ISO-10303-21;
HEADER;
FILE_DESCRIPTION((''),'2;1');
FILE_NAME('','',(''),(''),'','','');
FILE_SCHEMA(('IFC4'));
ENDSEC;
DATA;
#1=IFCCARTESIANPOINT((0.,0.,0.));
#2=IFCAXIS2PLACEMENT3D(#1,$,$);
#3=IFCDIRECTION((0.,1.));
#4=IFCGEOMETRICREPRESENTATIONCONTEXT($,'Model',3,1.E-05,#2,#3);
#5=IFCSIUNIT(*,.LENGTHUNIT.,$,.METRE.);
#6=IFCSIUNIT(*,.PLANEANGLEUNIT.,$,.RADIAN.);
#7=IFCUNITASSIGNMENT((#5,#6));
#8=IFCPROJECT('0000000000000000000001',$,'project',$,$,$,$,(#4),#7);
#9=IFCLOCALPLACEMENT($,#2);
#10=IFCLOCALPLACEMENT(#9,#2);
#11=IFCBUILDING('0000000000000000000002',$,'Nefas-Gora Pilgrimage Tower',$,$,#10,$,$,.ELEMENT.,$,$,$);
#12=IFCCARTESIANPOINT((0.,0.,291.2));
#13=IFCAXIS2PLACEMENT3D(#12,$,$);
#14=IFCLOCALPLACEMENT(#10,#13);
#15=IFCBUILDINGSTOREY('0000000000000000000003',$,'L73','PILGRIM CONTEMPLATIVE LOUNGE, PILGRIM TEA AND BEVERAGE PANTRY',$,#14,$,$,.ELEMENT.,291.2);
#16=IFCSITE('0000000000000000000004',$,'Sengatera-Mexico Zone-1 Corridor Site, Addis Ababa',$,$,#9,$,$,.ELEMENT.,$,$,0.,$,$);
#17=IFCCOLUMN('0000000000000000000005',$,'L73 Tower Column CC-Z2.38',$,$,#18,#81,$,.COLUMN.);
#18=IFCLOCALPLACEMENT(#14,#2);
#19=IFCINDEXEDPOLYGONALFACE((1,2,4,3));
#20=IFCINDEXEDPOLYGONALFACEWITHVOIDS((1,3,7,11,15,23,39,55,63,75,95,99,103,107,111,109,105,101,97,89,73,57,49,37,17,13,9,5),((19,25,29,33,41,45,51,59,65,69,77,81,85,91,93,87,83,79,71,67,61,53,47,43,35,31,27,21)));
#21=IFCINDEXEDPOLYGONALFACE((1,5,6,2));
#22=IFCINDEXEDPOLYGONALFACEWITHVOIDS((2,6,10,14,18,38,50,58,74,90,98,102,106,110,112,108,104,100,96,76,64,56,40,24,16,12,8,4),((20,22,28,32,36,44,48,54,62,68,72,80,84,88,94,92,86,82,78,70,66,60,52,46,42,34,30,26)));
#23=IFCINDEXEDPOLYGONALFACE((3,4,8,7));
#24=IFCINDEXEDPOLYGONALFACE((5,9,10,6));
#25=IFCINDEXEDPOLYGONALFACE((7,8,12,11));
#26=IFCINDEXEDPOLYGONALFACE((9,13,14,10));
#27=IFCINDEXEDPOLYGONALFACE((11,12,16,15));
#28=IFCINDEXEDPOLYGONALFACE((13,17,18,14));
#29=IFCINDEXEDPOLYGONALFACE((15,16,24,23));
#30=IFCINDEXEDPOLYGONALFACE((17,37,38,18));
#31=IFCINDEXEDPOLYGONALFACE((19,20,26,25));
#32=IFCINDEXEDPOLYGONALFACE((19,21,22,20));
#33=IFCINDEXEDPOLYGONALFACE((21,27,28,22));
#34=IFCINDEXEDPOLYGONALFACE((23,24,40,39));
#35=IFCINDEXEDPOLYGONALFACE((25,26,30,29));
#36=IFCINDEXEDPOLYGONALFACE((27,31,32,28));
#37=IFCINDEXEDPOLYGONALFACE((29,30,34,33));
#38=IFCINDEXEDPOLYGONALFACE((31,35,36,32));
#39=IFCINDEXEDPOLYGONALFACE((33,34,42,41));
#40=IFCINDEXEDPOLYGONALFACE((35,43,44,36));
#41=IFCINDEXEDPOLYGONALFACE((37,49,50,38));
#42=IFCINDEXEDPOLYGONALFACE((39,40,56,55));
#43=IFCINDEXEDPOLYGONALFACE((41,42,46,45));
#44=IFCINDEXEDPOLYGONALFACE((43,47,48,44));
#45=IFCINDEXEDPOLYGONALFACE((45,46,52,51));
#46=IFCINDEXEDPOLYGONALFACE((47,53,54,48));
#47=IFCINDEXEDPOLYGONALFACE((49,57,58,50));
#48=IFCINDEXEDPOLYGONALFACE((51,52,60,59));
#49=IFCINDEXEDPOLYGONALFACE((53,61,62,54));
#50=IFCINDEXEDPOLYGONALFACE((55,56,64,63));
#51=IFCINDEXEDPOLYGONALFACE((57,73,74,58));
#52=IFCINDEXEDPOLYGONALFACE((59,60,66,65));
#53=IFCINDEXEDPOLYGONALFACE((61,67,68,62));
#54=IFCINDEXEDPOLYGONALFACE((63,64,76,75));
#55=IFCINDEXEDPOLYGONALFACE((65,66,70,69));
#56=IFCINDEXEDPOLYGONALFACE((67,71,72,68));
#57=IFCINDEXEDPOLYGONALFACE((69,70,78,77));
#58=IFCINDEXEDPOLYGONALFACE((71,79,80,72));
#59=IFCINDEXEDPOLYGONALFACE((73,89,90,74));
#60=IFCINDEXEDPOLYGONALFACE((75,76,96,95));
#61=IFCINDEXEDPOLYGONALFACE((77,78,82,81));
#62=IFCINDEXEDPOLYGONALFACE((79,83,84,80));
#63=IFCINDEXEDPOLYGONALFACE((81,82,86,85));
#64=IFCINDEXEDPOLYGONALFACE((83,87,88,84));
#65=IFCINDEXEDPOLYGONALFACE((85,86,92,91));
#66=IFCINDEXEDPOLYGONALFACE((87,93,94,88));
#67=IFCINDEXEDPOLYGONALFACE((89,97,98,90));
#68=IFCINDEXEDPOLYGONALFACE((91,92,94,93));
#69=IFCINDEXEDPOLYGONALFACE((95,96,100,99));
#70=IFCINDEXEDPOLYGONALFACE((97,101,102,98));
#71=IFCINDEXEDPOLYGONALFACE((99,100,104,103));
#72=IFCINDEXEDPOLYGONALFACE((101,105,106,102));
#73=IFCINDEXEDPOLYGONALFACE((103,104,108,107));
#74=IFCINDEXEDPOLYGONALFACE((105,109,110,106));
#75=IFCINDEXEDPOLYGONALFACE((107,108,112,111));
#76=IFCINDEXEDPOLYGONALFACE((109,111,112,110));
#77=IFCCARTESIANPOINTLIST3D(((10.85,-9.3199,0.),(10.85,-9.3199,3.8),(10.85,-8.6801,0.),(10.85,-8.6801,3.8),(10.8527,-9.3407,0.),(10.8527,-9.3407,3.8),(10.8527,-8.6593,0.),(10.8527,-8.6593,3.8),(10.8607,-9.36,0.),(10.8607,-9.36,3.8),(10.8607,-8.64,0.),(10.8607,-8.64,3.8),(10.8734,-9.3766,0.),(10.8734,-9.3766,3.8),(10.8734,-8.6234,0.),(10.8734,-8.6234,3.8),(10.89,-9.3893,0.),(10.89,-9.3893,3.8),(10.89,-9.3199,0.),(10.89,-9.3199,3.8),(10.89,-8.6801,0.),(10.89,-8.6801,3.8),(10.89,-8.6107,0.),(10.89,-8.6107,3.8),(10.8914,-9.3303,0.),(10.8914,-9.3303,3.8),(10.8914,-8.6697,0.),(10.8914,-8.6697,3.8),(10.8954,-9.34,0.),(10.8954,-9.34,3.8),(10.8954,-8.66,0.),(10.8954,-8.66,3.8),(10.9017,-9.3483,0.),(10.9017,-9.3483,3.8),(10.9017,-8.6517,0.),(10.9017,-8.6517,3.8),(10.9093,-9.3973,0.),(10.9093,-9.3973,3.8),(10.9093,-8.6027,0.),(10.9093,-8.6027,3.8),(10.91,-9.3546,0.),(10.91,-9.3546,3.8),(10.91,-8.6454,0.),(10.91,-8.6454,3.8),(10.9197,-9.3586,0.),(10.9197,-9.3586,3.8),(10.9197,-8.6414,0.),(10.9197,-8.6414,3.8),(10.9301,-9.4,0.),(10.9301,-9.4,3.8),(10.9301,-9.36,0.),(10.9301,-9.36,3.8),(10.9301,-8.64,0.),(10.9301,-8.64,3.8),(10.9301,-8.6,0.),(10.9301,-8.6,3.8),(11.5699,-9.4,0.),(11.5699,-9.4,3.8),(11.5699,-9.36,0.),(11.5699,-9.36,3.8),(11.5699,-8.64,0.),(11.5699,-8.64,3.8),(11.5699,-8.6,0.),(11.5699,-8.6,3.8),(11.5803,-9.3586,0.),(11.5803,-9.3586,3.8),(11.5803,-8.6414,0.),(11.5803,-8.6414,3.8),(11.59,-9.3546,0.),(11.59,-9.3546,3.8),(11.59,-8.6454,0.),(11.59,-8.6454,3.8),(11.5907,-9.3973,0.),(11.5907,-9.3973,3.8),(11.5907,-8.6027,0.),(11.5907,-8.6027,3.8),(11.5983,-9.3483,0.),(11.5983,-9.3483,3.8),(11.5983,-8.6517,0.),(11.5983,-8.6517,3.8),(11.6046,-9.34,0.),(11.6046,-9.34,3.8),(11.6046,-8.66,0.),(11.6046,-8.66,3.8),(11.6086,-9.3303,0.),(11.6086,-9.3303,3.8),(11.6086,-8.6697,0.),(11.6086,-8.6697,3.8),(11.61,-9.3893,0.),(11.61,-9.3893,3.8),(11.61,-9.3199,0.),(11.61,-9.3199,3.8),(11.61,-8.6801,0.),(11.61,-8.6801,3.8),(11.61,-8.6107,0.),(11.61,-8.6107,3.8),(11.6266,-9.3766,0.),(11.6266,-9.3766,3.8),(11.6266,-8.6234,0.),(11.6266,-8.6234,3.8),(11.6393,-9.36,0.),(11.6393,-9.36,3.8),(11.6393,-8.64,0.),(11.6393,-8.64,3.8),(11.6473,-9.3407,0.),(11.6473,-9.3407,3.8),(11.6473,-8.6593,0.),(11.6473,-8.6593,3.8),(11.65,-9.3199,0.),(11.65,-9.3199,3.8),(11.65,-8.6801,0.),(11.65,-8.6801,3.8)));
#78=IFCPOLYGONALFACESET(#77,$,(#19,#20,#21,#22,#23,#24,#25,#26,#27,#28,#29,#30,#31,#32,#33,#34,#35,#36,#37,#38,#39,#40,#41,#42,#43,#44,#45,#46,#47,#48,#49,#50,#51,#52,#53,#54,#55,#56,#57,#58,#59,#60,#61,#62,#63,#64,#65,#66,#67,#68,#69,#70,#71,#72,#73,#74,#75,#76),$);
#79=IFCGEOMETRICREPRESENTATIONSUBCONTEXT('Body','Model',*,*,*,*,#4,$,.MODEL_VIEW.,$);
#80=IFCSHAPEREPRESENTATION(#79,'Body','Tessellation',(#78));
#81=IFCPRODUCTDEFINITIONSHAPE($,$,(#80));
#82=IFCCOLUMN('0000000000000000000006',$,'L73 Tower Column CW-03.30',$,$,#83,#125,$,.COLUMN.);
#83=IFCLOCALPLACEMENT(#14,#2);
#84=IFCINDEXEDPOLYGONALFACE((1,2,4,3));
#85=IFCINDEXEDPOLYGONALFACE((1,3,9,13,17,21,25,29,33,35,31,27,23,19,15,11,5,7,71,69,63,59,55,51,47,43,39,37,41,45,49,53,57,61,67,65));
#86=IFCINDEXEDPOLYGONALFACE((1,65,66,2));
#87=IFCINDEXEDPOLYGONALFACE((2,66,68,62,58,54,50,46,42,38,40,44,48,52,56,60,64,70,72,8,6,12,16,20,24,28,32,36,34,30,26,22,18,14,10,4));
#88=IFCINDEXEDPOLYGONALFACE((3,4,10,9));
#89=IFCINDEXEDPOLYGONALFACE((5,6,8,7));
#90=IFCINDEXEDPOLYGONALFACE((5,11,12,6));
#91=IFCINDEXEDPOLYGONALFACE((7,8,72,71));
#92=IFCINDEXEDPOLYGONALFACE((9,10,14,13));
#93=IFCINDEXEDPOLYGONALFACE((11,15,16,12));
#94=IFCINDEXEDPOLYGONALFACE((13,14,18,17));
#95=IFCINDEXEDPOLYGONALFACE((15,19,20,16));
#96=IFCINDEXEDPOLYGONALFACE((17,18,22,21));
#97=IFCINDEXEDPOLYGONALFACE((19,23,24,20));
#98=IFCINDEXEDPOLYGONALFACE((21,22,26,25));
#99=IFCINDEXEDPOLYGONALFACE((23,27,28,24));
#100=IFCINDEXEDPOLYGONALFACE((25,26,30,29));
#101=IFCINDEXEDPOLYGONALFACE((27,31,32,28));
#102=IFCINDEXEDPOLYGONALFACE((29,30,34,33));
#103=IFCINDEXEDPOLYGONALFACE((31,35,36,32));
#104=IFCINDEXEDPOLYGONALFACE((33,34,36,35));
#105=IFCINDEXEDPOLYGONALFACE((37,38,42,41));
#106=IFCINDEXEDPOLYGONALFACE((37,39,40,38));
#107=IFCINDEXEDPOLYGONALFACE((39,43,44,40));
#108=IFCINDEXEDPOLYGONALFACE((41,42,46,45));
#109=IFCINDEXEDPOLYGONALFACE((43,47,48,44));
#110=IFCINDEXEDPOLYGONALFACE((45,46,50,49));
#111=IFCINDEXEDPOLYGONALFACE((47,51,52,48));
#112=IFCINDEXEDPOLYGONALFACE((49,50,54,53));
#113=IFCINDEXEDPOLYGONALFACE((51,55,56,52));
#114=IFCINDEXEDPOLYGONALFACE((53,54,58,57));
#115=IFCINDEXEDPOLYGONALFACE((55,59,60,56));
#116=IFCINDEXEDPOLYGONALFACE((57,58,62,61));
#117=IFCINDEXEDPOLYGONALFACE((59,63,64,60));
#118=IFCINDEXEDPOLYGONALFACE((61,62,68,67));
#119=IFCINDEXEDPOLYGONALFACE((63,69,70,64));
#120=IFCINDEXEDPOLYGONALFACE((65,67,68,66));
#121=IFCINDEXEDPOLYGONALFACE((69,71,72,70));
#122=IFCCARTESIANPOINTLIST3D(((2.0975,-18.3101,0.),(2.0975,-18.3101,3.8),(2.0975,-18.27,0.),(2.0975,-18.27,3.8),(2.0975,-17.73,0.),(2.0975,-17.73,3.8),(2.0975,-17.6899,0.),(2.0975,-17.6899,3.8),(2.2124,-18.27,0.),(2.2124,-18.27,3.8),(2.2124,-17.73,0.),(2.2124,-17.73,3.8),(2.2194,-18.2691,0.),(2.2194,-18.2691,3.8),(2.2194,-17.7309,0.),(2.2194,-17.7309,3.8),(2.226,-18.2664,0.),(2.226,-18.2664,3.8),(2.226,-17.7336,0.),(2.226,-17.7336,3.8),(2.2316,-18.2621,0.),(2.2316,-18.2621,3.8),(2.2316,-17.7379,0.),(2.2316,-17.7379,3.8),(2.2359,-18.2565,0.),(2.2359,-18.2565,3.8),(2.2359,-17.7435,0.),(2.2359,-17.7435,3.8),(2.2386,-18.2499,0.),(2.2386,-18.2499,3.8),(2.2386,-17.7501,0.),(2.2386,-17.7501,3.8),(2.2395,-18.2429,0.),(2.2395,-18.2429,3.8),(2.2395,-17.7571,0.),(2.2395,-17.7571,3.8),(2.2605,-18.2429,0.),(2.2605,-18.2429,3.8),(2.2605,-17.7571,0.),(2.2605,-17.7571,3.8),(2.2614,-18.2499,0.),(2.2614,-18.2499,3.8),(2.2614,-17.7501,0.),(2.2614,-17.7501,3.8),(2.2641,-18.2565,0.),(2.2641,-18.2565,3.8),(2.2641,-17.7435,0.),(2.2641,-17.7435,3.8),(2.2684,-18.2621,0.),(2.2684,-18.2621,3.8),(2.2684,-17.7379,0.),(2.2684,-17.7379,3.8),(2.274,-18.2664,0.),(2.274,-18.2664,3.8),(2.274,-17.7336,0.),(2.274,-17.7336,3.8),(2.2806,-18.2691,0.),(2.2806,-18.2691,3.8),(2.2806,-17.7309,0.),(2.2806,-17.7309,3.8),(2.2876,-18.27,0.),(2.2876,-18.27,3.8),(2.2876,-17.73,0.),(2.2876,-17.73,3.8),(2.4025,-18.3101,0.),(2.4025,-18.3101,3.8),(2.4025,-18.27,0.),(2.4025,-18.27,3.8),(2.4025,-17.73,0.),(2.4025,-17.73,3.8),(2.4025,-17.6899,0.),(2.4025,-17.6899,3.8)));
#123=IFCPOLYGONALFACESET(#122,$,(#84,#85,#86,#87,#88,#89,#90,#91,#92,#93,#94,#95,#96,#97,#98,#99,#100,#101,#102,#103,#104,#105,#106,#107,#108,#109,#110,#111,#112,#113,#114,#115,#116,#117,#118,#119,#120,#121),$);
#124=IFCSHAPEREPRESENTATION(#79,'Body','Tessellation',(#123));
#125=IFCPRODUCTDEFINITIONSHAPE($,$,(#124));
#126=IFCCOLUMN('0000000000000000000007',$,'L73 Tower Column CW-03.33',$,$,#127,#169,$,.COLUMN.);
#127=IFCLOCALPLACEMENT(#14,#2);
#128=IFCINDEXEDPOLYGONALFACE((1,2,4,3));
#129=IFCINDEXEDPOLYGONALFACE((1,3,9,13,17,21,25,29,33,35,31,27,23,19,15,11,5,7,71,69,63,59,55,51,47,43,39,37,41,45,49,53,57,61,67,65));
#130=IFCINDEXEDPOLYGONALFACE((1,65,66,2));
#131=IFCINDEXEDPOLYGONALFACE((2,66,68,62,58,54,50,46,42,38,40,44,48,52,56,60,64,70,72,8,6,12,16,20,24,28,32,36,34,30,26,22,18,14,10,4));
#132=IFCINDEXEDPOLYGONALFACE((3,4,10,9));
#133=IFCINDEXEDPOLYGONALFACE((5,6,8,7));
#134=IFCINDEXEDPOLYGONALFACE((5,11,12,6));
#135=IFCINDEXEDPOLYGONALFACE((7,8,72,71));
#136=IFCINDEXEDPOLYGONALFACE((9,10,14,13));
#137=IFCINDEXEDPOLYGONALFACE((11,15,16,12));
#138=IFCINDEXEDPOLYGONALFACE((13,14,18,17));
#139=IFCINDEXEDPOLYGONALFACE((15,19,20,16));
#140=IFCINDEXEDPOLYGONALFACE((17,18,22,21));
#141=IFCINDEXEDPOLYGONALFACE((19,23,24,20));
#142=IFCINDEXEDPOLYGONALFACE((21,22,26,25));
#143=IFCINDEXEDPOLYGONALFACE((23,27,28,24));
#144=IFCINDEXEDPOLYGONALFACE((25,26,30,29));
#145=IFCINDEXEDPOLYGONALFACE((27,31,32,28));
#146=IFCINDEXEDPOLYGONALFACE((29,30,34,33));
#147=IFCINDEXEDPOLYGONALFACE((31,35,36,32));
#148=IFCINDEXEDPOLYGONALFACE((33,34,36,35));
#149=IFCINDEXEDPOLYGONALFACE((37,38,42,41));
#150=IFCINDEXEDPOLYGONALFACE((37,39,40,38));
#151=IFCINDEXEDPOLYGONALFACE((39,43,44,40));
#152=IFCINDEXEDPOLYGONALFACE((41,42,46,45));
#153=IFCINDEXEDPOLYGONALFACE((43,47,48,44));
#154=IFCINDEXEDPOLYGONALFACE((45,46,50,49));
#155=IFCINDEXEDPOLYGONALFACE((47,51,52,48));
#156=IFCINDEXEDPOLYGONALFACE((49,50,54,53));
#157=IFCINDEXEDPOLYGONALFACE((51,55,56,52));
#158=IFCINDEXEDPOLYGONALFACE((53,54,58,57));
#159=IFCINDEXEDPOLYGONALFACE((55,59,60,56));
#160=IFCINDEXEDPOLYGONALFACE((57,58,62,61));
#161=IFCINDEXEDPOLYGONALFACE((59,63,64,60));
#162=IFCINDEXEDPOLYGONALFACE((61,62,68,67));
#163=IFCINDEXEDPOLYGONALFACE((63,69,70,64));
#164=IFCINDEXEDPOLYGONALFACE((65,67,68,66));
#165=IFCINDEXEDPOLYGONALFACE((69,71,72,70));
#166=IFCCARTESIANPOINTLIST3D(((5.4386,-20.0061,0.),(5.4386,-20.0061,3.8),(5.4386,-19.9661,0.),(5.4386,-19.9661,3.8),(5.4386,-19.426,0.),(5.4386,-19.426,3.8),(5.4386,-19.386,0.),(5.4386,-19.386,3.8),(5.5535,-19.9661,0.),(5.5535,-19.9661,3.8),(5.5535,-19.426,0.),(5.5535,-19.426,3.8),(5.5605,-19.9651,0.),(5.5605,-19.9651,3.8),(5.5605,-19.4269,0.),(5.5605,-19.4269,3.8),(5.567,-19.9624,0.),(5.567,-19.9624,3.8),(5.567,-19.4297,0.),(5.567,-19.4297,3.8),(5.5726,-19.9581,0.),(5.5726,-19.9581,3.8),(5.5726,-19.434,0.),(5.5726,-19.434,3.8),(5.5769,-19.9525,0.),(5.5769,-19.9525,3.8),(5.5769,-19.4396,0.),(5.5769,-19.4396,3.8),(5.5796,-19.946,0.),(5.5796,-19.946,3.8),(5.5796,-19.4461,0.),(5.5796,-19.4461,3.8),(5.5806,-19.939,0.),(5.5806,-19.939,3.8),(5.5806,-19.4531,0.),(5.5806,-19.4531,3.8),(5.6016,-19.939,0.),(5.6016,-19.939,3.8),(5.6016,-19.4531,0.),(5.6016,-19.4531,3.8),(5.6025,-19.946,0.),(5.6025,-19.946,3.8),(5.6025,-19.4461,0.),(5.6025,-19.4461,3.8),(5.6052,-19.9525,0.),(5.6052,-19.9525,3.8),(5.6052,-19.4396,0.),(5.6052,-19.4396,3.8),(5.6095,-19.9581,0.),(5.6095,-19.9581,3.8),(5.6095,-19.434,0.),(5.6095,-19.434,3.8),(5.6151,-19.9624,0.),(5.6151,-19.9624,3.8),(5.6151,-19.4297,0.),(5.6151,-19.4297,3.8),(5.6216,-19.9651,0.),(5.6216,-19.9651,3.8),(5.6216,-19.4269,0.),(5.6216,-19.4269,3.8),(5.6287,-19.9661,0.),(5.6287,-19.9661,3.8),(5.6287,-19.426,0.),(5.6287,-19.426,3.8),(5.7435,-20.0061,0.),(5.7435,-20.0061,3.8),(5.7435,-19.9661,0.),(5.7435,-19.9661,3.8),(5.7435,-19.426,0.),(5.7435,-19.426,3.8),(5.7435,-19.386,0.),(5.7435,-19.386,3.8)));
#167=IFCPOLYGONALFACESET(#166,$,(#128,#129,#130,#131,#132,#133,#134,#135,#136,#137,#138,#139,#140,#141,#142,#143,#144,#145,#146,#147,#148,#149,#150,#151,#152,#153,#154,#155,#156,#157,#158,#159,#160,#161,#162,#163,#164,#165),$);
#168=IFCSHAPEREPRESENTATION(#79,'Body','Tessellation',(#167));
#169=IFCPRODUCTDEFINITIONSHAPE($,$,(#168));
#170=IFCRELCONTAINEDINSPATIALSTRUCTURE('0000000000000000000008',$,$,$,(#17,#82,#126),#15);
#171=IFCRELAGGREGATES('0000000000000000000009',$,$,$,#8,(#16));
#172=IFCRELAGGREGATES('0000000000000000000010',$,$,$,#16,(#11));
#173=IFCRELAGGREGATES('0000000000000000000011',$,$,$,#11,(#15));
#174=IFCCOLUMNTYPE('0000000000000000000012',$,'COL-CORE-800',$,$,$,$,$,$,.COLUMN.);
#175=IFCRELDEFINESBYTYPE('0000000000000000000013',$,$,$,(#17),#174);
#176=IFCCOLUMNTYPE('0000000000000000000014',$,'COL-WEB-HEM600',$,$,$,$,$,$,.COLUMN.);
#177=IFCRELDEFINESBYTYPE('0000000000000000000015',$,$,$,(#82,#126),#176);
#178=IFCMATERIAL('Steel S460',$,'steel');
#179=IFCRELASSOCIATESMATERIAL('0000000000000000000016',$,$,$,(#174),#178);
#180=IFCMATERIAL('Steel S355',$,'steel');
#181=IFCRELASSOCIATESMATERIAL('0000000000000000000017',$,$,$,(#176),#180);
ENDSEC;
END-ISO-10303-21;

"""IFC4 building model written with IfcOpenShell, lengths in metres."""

from ifc_helpers import new_model, si_unit, direction, frame, origin, origin_2d, place, context, subcontext, project, spatial, hollow_rectangle, i_section, extrude, source, transform, mapped, material, material_profile, profile_set, type_object, element, save


model = new_model("IFC4")

# Units and contexts
model_context = context("Model", 3, precision=1e-05, world=origin(), true_north=direction((0.0, 1.0)))
body_context = subcontext(model_context, "Body", "Model", "MODEL_VIEW")
ifc_project = project(units=[si_unit("LENGTHUNIT", "METRE"), si_unit("PLANEANGLEUNIT", "RADIAN")], contexts=[model_context])

# Site, building, storey
site_placement = place(None, origin())
site = spatial("IfcSite", under=ifc_project, at=site_placement, Name="Sengatera-Mexico Zone-1 Corridor Site, Addis Ababa", CompositionType="ELEMENT", RefElevation=0.0)
building_placement = place(site_placement, origin())
building = spatial("IfcBuilding", under=site, at=building_placement, Name="Nefas-Gora Pilgrimage Tower", CompositionType="ELEMENT")
storey_placement = place(building_placement, frame((0.0, 0.0, 291.2)))
storey = spatial("IfcBuildingStorey", under=building, at=storey_placement, Name="L73", Description="PILGRIM CONTEMPLATIVE LOUNGE, PILGRIM TEA AND BEVERAGE PANTRY", CompositionType="ELEMENT", Elevation=291.2)

# Columns
ifc_material_1 = material(Name="Steel S460", Category="steel")
ifc_material_profile_1 = material_profile(ifc_material_1, hollow_rectangle(XDim=0.8, YDim=0.8, WallThickness=0.04, InnerFilletRadius=0.04, OuterFilletRadius=0.0801, at=origin_2d()), Name="BOX 800x800x40")
ifc_profile_set_1 = profile_set([ifc_material_profile_1], Name="Steel S460")
column_type_1 = type_object("IfcColumnType", Name="COL-CORE-800", PredefinedType="COLUMN", material=ifc_profile_set_1)
shared_shape_1 = source(origin(), body_context, "Body", "SweptSolid", [
    extrude(hollow_rectangle(XDim=0.8, YDim=0.8, WallThickness=0.04, InnerFilletRadius=0.04, OuterFilletRadius=0.0801, at=origin_2d()), origin(), (0.0, 0.0, 1.0), 3.8),
])
column_1_placement = place(storey_placement, frame((11.25, -9.0, 0.0), z_axis=(0.0, 0.0, 1.0), x_axis=(1.0, 0.0, 0.0)))
element("IfcColumn", 1, at=column_1_placement, inside=storey, type_object=column_type_1, Name="L73 Tower Column CC-Z2.38", PredefinedType="COLUMN", context=body_context, shape_type="MappedRepresentation", body=[
    mapped(shared_shape_1, transform((0.0, 0.0, 0.0), x_axis=(1.0, 0.0, 0.0), y_axis=(0.0, 1.0, 0.0), z_axis=(0.0, 0.0, 1.0), scale=1.0)),
])
ifc_material_2 = material(Name="Steel S355", Category="steel")
ifc_material_profile_2 = material_profile(ifc_material_2, i_section(OverallWidth=0.3049, OverallDepth=0.6201, WebThickness=0.021, FlangeThickness=0.04, FilletRadius=0.0271, at=origin_2d()), Name="HEM 600")
ifc_profile_set_2 = profile_set([ifc_material_profile_2], Name="Steel S355")
column_type_2 = type_object("IfcColumnType", Name="COL-WEB-HEM600", PredefinedType="COLUMN", material=ifc_profile_set_2)
shared_shape_2 = source(origin(), body_context, "Body", "SweptSolid", [
    extrude(i_section(OverallWidth=0.3049, OverallDepth=0.6201, WebThickness=0.021, FlangeThickness=0.04, FilletRadius=0.0271, at=origin_2d()), origin(), (0.0, 0.0, 1.0), 3.8),
])
for number, where, z_axis, x_axis, name in (
    (2, (2.25, -18.0, 0.0), (0.0, 0.0, 1.0), (1.0, 0.0, 0.0), "L73 Tower Column CW-03.30"),
    (3, (5.5911, -19.696, 0.0), (0.0, 0.0, 1.0), (1.0, 0.0, 0.0), "L73 Tower Column CW-03.33"),
):
    element("IfcColumn", number, at=place(storey_placement, frame(where, z_axis=z_axis, x_axis=x_axis)), inside=storey, type_object=column_type_2, Name=name, PredefinedType="COLUMN", context=body_context, shape_type="MappedRepresentation", body=[
        mapped(shared_shape_2, transform((0.0, 0.0, 0.0), x_axis=(1.0, 0.0, 0.0), y_axis=(0.0, 1.0, 0.0), z_axis=(0.0, 0.0, 1.0), scale=1.0)),
    ])

save(model, "model.ifc")
